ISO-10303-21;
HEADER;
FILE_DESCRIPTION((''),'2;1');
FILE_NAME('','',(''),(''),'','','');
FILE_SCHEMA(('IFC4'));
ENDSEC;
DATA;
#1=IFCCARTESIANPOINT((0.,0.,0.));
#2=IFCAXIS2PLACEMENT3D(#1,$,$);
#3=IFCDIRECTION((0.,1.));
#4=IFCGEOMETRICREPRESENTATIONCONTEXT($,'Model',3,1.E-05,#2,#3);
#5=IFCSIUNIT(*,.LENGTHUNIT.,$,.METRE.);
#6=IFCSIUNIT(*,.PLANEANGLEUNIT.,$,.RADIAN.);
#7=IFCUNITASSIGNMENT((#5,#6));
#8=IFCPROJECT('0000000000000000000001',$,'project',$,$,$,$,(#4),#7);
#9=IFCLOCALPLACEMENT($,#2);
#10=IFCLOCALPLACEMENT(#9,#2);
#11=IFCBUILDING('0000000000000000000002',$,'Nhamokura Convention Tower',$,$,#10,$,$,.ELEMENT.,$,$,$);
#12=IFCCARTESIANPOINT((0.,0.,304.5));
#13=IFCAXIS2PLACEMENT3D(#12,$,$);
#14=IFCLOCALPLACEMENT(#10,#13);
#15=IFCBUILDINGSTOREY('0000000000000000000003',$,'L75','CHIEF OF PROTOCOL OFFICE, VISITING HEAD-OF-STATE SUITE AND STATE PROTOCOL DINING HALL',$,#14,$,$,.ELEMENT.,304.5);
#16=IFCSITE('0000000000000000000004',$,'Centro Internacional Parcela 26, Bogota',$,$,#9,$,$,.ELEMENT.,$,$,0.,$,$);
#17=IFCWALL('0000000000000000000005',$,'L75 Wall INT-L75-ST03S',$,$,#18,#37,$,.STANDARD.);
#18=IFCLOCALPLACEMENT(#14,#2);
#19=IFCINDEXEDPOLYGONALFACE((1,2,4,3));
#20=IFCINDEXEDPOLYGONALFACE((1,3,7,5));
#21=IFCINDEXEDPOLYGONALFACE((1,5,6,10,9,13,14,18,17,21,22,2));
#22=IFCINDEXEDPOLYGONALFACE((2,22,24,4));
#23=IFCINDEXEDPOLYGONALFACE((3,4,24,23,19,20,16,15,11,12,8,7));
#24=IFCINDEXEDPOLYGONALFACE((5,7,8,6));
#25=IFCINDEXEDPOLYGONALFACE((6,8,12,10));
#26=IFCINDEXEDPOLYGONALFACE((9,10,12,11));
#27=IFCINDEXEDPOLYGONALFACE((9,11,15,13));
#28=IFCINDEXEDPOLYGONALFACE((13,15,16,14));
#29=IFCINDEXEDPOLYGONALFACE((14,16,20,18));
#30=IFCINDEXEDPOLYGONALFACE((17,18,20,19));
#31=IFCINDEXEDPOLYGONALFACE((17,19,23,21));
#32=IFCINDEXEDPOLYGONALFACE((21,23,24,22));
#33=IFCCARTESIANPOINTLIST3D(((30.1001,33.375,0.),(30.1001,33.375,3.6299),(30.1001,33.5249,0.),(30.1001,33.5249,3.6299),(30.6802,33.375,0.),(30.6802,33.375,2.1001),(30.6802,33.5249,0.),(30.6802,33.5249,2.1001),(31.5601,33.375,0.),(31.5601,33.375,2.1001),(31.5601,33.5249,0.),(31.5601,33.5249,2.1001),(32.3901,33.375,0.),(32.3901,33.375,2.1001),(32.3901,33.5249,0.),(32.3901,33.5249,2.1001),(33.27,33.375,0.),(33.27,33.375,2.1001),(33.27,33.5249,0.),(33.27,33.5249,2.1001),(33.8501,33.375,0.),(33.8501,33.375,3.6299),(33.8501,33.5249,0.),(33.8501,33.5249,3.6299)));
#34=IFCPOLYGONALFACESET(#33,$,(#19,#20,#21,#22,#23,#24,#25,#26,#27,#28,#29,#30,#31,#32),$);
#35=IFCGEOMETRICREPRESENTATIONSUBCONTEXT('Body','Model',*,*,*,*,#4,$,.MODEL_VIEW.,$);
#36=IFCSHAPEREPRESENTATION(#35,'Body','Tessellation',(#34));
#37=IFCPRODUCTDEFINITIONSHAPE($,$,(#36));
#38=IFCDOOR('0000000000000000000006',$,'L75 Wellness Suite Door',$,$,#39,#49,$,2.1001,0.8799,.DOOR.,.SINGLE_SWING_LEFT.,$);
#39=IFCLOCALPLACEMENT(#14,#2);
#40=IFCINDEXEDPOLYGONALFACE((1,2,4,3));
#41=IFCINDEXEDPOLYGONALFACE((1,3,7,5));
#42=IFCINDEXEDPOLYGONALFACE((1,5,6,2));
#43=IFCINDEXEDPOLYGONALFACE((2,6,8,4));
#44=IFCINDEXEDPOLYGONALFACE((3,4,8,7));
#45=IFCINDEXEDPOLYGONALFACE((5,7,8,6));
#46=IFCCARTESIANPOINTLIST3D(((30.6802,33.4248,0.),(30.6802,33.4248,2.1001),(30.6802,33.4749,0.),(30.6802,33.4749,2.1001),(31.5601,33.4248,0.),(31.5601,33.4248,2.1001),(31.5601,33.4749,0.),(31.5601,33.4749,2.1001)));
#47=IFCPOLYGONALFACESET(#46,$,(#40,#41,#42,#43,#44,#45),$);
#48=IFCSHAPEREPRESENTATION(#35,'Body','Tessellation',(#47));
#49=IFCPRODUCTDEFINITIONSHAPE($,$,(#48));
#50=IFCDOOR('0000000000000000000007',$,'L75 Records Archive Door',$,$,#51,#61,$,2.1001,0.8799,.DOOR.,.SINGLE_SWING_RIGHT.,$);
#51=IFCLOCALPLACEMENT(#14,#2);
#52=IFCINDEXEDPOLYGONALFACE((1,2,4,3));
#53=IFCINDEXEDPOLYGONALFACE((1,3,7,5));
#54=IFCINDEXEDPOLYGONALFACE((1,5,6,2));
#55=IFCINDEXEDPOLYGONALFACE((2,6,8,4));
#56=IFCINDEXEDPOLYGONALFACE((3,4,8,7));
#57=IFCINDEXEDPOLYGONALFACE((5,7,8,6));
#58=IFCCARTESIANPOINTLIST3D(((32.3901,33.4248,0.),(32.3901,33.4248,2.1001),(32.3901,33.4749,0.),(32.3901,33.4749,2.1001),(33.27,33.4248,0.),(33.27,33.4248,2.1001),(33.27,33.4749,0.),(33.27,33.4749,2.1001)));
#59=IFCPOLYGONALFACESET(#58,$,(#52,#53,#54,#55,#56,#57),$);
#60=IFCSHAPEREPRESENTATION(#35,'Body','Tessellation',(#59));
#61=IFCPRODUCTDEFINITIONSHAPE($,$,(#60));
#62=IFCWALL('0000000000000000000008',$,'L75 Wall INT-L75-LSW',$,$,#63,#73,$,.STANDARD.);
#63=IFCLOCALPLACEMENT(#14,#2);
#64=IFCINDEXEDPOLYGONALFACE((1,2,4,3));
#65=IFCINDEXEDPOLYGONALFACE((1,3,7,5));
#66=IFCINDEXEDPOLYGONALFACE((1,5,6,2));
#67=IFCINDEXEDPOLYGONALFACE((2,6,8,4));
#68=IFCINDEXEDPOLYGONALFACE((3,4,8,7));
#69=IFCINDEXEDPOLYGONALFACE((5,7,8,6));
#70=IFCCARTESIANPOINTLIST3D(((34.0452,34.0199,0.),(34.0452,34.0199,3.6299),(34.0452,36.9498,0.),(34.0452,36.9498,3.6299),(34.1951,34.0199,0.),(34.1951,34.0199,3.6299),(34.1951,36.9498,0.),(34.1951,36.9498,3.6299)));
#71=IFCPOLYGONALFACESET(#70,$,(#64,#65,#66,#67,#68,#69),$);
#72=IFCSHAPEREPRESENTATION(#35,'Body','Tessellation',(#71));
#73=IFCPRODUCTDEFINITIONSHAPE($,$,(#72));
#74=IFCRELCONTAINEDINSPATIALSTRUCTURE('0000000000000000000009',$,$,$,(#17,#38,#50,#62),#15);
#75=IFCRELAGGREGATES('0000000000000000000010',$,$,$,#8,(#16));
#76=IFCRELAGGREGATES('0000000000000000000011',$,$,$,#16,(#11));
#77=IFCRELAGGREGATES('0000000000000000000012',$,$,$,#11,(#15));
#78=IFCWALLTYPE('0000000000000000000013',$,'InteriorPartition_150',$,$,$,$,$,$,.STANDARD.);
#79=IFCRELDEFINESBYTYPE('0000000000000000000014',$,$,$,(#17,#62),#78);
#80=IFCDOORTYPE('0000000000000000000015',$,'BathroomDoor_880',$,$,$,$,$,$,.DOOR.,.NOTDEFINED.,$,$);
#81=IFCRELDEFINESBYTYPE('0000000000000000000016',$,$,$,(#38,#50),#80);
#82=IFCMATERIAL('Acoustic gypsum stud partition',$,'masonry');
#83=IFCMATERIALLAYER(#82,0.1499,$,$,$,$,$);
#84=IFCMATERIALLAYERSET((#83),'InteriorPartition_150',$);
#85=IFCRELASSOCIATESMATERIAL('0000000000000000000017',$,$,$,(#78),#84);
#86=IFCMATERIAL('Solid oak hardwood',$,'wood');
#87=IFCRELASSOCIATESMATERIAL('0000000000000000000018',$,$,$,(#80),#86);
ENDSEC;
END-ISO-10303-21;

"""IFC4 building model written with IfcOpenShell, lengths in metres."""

from ifc_helpers import new_model, si_unit, direction, frame, frame_2d, origin, place, context, subcontext, project, spatial, rectangle, extrude, material, layer, layer_set, type_object, element, fill, save


model = new_model("IFC4")

# Units and contexts
model_context = context("Model", 3, precision=1e-05, world=origin(), true_north=direction((0.0, 1.0)))
body_context = subcontext(model_context, "Body", "Model", "MODEL_VIEW")
ifc_project = project(units=[si_unit("LENGTHUNIT", "METRE"), si_unit("PLANEANGLEUNIT", "RADIAN")], contexts=[model_context])

# Site, building, storey
site_placement = place(None, origin())
site = spatial("IfcSite", under=ifc_project, at=site_placement, Name="Centro Internacional Parcela 26, Bogota", CompositionType="ELEMENT", RefElevation=0.0)
building_placement = place(site_placement, origin())
building = spatial("IfcBuilding", under=site, at=building_placement, Name="Nhamokura Convention Tower", CompositionType="ELEMENT")
storey_placement = place(building_placement, frame((0.0, 0.0, 304.5)))
storey = spatial("IfcBuildingStorey", under=building, at=storey_placement, Name="L75", Description="CHIEF OF PROTOCOL OFFICE, VISITING HEAD-OF-STATE SUITE AND STATE PROTOCOL DINING HALL", CompositionType="ELEMENT", Elevation=304.5)

# Shared definitions
ifc_material_1 = material(Name="Acoustic gypsum stud partition", Category="masonry")
ifc_layer_1 = layer(ifc_material_1, 0.1499)
ifc_layer_set_1 = layer_set([ifc_layer_1], Name="InteriorPartition_150")
wall_type_1 = type_object("IfcWallType", Name="InteriorPartition_150", PredefinedType="STANDARD", material=ifc_layer_set_1)

# Wall, openings, doors
wall_1_placement = place(storey_placement, frame((30.1001, 33.45, 0.0), z_axis=(0.0, 0.0, 1.0), x_axis=(1.0, 0.0, 0.0)))
wall_1 = element("IfcWall", 1, at=wall_1_placement, inside=storey, type_object=wall_type_1, Name="L75 Wall INT-L75-ST03S", PredefinedType="STANDARD", context=body_context, shape_type="SweptSolid", body=[
    extrude(rectangle(XDim=3.75, YDim=0.1499, at=frame_2d((1.875, 0.0))), origin(), (0.0, 0.0, 1.0), 3.6299),
])
opening_1_placement = place(wall_1_placement, frame((0.5801, 0.0, 0.0)))
opening_1 = element("IfcOpeningElement", 2, at=opening_1_placement, cuts=wall_1, PredefinedType="OPENING", context=body_context, shape_type="SweptSolid", body=[
    extrude(rectangle(XDim=0.8799, YDim=2.1001, at=frame_2d((0.4399, 1.05))), frame((0.0, 0.085, 0.0), z_axis=(0.0, -1.0, 0.0), x_axis=(1.0, 0.0, 0.0)), (0.0, 0.0, 1.0), 0.1699),
])
opening_2_placement = place(wall_1_placement, frame((2.29, 0.0, 0.0)))
opening_2 = element("IfcOpeningElement", 3, at=opening_2_placement, cuts=wall_1, PredefinedType="OPENING", context=body_context, shape_type="SweptSolid", body=[
    extrude(rectangle(XDim=0.8799, YDim=2.1001, at=frame_2d((0.4399, 1.05))), frame((0.0, 0.085, 0.0), z_axis=(0.0, -1.0, 0.0), x_axis=(1.0, 0.0, 0.0)), (0.0, 0.0, 1.0), 0.1699),
])
ifc_material_2 = material(Name="Solid oak hardwood", Category="wood")
door_type_1 = type_object("IfcDoorType", Name="BathroomDoor_880", OperationType="NOTDEFINED", PredefinedType="DOOR", material=ifc_material_2)
door_1_placement = place(opening_1_placement, origin())
door_1 = element("IfcDoor", 4, at=door_1_placement, inside=storey, type_object=door_type_1, Name="L75 Wellness Suite Door", OperationType="SINGLE_SWING_LEFT", OverallHeight=2.1001, OverallWidth=0.8799, PredefinedType="DOOR", context=body_context, shape_type="SweptSolid", body=[
    extrude(rectangle(XDim=0.8799, YDim=2.1001, at=frame_2d((0.4399, 1.05))), frame((0.0, 0.0249, 0.0), z_axis=(0.0, -1.0, 0.0), x_axis=(1.0, 0.0, 0.0)), (0.0, 0.0, 1.0), 0.05),
])
fill(opening_1, door_1)
door_2_placement = place(opening_2_placement, origin())
door_2 = element("IfcDoor", 5, at=door_2_placement, inside=storey, type_object=door_type_1, Name="L75 Records Archive Door", OperationType="SINGLE_SWING_RIGHT", OverallHeight=2.1001, OverallWidth=0.8799, PredefinedType="DOOR", context=body_context, shape_type="SweptSolid", body=[
    extrude(rectangle(XDim=0.8799, YDim=2.1001, at=frame_2d((0.4399, 1.05))), frame((0.0, 0.0249, 0.0), z_axis=(0.0, -1.0, 0.0), x_axis=(1.0, 0.0, 0.0)), (0.0, 0.0, 1.0), 0.05),
])
fill(opening_2, door_2)

# Wall
wall_2_placement = place(storey_placement, frame((34.1201, 34.02, 0.0), z_axis=(0.0, 0.0, 1.0), x_axis=(0.0, 1.0, 0.0)))
element("IfcWall", 6, at=wall_2_placement, inside=storey, type_object=wall_type_1, Name="L75 Wall INT-L75-LSW", PredefinedType="STANDARD", context=body_context, shape_type="SweptSolid", body=[
    extrude(rectangle(XDim=2.9299, YDim=0.1499, at=frame_2d((1.4648, 0.0))), origin(), (0.0, 0.0, 1.0), 3.6299),
])

save(model, "model.ifc")
